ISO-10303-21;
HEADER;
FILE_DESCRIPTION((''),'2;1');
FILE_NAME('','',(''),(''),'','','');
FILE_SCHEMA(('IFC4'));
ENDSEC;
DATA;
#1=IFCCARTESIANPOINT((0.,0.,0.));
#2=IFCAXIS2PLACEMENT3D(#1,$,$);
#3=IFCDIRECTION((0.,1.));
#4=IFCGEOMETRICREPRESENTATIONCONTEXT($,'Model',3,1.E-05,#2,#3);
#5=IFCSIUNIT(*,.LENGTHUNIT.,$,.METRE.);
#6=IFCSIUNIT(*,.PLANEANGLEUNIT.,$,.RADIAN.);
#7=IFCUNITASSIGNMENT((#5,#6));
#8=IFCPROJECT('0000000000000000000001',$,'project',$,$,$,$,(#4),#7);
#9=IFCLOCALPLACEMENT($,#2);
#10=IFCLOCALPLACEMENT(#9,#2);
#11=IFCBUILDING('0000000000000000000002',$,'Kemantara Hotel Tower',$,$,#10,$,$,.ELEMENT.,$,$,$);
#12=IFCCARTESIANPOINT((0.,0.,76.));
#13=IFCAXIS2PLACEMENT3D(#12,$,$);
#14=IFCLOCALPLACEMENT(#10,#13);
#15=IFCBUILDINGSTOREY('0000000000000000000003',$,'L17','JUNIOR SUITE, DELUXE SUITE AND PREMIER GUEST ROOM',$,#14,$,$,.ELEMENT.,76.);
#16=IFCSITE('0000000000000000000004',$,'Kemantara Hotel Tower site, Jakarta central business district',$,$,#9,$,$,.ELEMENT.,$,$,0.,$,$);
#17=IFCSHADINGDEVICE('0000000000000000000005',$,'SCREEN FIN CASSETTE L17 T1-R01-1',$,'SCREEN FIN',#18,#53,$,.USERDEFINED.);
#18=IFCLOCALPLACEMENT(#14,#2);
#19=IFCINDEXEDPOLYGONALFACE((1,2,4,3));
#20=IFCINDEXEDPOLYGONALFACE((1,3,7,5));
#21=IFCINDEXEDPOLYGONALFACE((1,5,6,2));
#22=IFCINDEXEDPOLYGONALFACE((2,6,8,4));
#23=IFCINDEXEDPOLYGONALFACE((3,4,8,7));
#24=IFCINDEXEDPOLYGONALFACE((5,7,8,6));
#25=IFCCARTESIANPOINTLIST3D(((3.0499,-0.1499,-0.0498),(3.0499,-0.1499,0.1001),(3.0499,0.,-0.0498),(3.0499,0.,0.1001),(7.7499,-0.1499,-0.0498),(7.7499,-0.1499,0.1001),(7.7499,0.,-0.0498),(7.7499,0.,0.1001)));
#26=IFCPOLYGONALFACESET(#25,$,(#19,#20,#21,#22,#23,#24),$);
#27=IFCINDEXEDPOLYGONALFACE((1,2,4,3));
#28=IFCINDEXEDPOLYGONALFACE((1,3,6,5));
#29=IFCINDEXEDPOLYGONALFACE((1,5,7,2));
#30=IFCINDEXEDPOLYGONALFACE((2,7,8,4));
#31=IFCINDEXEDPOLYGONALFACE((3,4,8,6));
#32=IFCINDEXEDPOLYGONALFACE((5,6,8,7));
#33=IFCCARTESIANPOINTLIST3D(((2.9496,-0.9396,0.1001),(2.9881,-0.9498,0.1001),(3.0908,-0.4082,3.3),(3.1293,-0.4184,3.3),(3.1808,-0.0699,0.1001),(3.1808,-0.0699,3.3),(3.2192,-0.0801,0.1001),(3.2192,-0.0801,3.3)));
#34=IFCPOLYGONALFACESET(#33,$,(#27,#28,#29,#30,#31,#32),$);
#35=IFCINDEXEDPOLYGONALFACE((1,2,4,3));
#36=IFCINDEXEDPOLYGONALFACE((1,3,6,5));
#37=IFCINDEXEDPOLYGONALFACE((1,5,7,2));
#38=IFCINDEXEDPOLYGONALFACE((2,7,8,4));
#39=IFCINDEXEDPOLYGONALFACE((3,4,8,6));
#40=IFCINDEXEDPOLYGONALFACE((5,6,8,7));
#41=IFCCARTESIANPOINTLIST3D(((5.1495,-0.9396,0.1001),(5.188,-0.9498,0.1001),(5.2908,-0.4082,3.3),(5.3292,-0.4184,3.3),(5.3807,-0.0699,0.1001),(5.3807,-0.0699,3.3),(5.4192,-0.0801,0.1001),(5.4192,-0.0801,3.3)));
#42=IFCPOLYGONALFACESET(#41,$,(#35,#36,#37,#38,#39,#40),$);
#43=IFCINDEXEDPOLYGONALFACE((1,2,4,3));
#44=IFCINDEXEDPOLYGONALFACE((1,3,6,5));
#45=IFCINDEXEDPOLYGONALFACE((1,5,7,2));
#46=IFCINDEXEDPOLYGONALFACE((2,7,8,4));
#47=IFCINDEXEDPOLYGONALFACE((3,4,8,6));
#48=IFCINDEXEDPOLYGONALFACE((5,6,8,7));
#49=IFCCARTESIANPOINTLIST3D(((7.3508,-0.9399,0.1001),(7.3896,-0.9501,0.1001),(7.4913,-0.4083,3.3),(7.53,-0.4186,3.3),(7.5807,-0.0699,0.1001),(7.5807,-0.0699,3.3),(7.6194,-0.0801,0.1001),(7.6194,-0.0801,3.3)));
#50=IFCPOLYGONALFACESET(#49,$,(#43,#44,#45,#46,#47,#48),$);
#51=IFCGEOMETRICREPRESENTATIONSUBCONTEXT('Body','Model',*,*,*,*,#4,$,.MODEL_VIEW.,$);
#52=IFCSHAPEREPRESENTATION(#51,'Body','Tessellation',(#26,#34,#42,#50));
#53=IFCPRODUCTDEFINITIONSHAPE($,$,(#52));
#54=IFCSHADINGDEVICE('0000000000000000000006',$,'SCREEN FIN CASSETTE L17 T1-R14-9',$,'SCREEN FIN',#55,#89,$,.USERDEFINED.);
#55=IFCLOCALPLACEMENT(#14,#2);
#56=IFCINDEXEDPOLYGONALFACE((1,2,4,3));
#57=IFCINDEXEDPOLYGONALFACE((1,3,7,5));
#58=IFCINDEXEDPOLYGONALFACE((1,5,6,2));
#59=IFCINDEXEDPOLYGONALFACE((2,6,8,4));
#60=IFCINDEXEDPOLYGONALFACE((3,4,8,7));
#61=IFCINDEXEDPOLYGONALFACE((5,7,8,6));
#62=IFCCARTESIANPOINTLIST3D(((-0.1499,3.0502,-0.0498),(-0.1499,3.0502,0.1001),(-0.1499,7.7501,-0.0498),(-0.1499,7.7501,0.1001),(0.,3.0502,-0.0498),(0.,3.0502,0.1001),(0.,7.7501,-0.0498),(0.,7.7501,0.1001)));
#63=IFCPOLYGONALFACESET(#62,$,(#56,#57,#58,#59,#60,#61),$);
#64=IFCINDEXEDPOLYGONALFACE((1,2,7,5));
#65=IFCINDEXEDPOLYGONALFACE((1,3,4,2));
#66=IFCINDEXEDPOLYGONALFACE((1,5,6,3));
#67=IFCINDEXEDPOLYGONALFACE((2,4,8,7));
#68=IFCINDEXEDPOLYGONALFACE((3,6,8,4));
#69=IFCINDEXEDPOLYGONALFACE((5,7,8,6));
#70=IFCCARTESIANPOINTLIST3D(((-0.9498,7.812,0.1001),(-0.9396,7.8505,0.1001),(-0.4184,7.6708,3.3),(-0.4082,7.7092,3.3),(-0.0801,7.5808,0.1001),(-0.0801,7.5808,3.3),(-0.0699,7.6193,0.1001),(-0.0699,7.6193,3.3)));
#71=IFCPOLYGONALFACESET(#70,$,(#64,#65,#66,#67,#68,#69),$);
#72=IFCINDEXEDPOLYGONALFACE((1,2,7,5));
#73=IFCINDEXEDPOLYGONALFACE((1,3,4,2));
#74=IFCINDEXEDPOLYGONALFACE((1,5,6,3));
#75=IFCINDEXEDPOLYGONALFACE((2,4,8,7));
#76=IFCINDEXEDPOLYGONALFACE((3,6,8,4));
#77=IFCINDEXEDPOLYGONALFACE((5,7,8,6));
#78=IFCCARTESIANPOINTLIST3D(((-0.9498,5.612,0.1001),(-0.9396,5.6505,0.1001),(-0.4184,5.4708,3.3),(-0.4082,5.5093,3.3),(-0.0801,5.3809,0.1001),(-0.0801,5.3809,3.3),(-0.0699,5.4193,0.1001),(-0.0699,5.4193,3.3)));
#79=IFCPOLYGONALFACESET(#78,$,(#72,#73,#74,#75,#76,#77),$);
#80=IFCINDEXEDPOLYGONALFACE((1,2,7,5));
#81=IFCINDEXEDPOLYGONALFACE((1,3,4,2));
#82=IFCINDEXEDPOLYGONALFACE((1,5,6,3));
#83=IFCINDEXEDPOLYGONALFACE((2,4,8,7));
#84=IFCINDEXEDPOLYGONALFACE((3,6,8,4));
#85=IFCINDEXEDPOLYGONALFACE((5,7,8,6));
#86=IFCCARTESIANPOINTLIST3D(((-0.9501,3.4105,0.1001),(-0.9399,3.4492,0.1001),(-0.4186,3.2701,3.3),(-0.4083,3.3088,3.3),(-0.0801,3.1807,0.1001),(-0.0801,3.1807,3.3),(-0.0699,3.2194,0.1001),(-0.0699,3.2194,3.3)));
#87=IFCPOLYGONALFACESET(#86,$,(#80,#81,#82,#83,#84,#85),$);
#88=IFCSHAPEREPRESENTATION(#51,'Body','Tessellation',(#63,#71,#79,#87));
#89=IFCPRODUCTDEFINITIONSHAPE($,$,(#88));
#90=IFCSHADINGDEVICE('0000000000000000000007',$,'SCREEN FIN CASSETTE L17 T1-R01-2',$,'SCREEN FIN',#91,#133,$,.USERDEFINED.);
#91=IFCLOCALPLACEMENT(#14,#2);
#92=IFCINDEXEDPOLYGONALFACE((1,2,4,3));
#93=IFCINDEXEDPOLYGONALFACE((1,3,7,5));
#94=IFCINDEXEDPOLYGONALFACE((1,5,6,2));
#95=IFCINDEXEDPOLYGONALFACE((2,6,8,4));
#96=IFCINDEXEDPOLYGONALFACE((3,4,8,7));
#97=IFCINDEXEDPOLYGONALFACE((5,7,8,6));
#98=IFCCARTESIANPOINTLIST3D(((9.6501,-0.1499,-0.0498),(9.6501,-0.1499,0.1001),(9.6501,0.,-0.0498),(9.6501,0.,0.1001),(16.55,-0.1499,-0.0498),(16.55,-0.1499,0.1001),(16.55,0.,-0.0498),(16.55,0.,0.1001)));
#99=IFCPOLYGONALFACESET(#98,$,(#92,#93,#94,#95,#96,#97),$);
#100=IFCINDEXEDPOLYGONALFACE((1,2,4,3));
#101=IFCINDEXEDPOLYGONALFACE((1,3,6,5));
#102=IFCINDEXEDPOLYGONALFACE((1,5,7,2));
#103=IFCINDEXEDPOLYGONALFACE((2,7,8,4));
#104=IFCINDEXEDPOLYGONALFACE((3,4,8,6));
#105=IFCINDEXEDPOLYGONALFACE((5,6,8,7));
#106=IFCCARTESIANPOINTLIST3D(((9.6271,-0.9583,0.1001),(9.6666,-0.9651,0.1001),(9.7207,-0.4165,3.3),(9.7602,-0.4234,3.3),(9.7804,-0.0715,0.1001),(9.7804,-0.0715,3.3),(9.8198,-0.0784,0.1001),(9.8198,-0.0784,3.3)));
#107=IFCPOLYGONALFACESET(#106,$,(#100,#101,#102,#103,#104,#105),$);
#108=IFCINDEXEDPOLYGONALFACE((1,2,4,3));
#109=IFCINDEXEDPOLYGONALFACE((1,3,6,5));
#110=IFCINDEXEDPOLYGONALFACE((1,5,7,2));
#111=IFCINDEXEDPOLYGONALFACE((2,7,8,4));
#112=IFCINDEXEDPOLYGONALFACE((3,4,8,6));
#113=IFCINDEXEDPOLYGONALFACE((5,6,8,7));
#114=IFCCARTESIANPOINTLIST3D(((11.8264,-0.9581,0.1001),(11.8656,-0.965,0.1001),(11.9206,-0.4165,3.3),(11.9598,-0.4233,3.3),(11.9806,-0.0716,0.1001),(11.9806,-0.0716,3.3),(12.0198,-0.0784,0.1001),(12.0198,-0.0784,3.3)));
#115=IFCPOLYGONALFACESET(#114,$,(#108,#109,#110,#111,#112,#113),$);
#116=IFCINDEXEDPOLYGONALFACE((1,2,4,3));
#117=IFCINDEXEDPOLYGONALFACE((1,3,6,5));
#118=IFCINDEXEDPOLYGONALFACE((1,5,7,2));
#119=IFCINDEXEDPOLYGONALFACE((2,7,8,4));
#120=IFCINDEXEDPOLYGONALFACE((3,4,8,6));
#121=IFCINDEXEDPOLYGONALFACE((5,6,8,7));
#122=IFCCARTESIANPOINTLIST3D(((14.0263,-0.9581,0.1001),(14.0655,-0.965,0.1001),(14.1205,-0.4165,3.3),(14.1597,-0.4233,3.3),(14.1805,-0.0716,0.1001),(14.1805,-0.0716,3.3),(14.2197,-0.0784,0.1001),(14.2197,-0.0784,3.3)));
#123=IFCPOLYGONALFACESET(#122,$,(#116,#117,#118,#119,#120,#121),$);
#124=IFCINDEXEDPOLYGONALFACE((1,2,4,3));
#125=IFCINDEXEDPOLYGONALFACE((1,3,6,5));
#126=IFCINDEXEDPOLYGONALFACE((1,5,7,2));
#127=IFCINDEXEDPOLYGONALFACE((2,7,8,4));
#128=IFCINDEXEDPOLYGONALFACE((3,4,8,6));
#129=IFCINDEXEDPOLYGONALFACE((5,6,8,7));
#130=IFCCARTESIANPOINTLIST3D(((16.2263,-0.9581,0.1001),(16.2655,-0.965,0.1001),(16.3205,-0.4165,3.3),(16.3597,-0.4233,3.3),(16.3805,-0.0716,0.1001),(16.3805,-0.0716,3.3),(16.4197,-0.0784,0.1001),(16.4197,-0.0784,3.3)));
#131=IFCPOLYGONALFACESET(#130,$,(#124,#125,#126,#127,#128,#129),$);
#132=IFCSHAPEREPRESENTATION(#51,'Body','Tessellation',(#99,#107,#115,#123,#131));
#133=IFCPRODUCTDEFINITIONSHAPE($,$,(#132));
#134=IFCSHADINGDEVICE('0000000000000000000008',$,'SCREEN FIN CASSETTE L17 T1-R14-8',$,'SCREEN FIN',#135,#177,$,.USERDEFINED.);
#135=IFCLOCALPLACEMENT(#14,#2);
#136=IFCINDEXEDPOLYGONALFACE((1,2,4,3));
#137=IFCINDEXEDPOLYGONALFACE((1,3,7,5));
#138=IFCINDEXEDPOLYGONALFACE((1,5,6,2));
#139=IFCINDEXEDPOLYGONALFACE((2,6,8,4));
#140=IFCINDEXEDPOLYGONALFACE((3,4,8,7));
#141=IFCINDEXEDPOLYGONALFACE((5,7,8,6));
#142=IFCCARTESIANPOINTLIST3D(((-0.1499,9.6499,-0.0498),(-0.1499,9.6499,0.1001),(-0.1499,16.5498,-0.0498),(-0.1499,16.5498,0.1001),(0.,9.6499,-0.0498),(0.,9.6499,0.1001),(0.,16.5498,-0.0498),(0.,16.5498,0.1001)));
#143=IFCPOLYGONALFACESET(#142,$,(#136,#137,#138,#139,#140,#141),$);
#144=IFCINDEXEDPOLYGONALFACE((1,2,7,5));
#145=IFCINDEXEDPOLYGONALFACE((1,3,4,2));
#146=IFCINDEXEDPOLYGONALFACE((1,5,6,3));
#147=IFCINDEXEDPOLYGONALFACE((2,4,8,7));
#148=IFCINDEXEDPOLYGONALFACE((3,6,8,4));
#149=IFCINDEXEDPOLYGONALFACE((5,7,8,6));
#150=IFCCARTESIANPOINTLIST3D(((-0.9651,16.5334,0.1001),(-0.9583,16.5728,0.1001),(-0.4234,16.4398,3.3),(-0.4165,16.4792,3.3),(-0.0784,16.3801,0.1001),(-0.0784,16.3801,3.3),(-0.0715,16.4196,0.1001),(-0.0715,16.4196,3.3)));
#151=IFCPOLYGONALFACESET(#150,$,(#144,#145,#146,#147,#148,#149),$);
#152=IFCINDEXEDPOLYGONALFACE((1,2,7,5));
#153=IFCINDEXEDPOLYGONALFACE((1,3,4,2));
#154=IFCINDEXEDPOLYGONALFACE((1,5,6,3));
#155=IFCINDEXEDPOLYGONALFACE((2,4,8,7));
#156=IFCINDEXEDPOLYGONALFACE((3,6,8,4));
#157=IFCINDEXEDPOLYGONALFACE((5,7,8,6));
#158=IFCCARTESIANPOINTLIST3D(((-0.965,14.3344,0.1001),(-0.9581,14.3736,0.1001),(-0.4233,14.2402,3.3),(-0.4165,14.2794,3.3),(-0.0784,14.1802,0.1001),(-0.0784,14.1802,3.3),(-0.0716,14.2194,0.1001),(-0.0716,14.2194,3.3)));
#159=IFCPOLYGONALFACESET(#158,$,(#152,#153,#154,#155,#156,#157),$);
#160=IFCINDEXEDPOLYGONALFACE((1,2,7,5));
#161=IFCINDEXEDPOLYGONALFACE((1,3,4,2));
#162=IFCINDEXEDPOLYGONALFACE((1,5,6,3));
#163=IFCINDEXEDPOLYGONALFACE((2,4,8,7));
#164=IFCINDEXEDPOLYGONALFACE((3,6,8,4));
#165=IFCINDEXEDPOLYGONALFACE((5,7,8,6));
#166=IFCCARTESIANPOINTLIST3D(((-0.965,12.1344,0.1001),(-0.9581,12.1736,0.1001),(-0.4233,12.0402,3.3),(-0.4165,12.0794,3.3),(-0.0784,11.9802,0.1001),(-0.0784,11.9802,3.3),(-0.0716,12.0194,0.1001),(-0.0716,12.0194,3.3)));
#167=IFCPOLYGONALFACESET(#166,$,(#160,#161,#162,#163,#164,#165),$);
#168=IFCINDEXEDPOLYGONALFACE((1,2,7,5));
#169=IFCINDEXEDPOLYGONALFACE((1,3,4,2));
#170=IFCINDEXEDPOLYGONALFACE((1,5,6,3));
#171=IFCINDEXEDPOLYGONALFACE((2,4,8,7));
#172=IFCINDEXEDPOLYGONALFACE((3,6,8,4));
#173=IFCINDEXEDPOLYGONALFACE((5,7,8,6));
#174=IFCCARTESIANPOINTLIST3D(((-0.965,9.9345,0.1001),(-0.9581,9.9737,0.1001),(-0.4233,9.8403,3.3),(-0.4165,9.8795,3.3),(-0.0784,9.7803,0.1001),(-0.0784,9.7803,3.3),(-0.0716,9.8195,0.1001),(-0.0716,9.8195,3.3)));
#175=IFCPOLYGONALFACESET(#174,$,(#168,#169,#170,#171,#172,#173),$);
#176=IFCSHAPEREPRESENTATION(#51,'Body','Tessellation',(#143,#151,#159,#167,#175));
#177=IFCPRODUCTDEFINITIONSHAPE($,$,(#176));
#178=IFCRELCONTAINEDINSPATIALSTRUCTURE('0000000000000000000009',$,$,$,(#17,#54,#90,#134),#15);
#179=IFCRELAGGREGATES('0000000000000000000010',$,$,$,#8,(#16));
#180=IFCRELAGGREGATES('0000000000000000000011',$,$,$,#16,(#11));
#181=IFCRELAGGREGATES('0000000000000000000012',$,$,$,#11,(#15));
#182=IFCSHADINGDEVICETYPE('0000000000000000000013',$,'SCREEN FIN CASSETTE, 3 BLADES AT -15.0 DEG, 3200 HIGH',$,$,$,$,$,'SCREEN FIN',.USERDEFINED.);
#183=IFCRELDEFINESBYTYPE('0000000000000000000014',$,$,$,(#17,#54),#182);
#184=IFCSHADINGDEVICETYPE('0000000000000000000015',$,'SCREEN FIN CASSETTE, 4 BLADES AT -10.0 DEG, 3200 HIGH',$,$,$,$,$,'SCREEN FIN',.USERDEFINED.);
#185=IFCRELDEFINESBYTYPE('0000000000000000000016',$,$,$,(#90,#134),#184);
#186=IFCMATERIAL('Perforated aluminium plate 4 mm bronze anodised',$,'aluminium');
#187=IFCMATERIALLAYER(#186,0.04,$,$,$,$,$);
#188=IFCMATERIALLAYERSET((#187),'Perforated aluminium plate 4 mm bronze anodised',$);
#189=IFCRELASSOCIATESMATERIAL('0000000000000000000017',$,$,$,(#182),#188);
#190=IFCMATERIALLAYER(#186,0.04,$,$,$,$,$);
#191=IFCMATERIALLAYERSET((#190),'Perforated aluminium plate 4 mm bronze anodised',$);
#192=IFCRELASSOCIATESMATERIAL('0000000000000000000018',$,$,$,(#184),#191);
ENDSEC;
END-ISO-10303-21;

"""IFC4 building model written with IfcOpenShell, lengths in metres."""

from ifc_helpers import new_model, si_unit, direction, frame, origin, origin_2d, place, context, subcontext, project, spatial, polyline, rectangle, outline, extrude, source, transform, mapped, material, layer, layer_set, type_object, element, save


model = new_model("IFC4")

# Units and contexts
model_context = context("Model", 3, precision=1e-05, world=origin(), true_north=direction((0.0, 1.0)))
body_context = subcontext(model_context, "Body", "Model", "MODEL_VIEW")
ifc_project = project(units=[si_unit("LENGTHUNIT", "METRE"), si_unit("PLANEANGLEUNIT", "RADIAN")], contexts=[model_context])

# Site, building, storey
site_placement = place(None, origin())
site = spatial("IfcSite", under=ifc_project, at=site_placement, Name="Kemantara Hotel Tower site, Jakarta central business district", CompositionType="ELEMENT", RefElevation=0.0)
building_placement = place(site_placement, origin())
building = spatial("IfcBuilding", under=site, at=building_placement, Name="Kemantara Hotel Tower", CompositionType="ELEMENT")
storey_placement = place(building_placement, frame((0.0, 0.0, 76.0)))
storey = spatial("IfcBuildingStorey", under=building, at=storey_placement, Name="L17", Description="JUNIOR SUITE, DELUXE SUITE AND PREMIER GUEST ROOM", CompositionType="ELEMENT", Elevation=76.0)

# Shading devices
ifc_material_1 = material(Name="Perforated aluminium plate 4 mm bronze anodised", Category="aluminium")
ifc_layer_1 = layer(ifc_material_1, 0.04)
ifc_layer_set_1 = layer_set([ifc_layer_1], Name="Perforated aluminium plate 4 mm bronze anodised")
shading_device_type_1 = type_object("IfcShadingDeviceType", Name="SCREEN FIN CASSETTE, 3 BLADES AT -15.0 DEG, 3200 HIGH", ElementType="SCREEN FIN", PredefinedType="USERDEFINED", material=ifc_layer_set_1)
shared_shape_1 = source(origin(), body_context, "Body", "SweptSolid", [
    extrude(rectangle(XDim=4.7, YDim=0.1499, at=origin_2d()), frame((2.2, -0.075, -0.1499), z_axis=(0.0, 0.0, 1.0), x_axis=(1.0, 0.0, 0.0)), (0.0, 0.0, 1.0), 0.1499),
    extrude(outline(polyline([(0.0, 0.0), (0.8999, 0.0), (0.3501, 3.2), (0.0, 3.2), (0.0, 0.0)])), frame((0.0193, -0.0801, 0.0), z_axis=(-0.966438, 0.256901, 0.0), x_axis=(-0.256901, -0.966438, 0.0)), (0.0, 0.0, 1.0), 0.0398),
    extrude(outline(polyline([(0.0, 0.0), (0.8999, 0.0), (0.3501, 3.2), (0.0, 3.2), (0.0, 0.0)])), frame((2.2192, -0.0801, 0.0), z_axis=(-0.966438, 0.256901, 0.0), x_axis=(-0.256901, -0.966438, 0.0)), (0.0, 0.0, 1.0), 0.0398),
    extrude(outline(polyline([(0.0, 0.0), (0.8999, 0.0), (0.3501, 3.2), (0.0, 3.2), (0.0, 0.0)])), frame((4.4194, -0.0801, 0.0), z_axis=(-0.966838, 0.255391, 0.0), x_axis=(-0.255391, -0.966838, 0.0)), (0.0, 0.0, 1.0), 0.04),
])
for number, where, z_axis, x_axis, name in (
    (1, (3.2, 0.0, 0.1001), (0.0, 0.0, 1.0), (1.0, 0.0, 0.0), "SCREEN FIN CASSETTE L17 T1-R01-1"),
    (2, (0.0, 7.6001, 0.1001), (0.0, 0.0, 1.0), (0.0, -1.0, 0.0), "SCREEN FIN CASSETTE L17 T1-R14-9"),
):
    element("IfcShadingDevice", number, at=place(storey_placement, frame(where, z_axis=z_axis, x_axis=x_axis)), inside=storey, type_object=shading_device_type_1, Name=name, ObjectType="SCREEN FIN", PredefinedType="USERDEFINED", context=body_context, shape_type="MappedRepresentation", body=[
        mapped(shared_shape_1, transform((0.0, 0.0, 0.0))),
    ])
ifc_layer_2 = layer(ifc_material_1, 0.04)
ifc_layer_set_2 = layer_set([ifc_layer_2], Name="Perforated aluminium plate 4 mm bronze anodised")
shading_device_type_2 = type_object("IfcShadingDeviceType", Name="SCREEN FIN CASSETTE, 4 BLADES AT -10.0 DEG, 3200 HIGH", ElementType="SCREEN FIN", PredefinedType="USERDEFINED", material=ifc_layer_set_2)
shared_shape_2 = source(origin(), body_context, "Body", "SweptSolid", [
    extrude(rectangle(XDim=6.8999, YDim=0.1499, at=origin_2d()), frame((3.3, -0.075, -0.1499), z_axis=(0.0, 0.0, 1.0), x_axis=(1.0, 0.0, 0.0)), (0.0, 0.0, 1.0), 0.1499),
    extrude(outline(polyline([(0.0, 0.0), (0.8999, 0.0), (0.3501, 3.2), (0.0, 3.2), (0.0, 0.0)])), frame((0.0198, -0.0784, 0.0), z_axis=(-0.98539, 0.170314, 0.0), x_axis=(-0.170314, -0.98539, 0.0)), (0.0, 0.0, 1.0), 0.04),
    extrude(outline(polyline([(0.0, 0.0), (0.8999, 0.0), (0.3501, 3.2), (0.0, 3.2), (0.0, 0.0)])), frame((2.2197, -0.0784, 0.0), z_axis=(-0.985212, 0.171341, 0.0), x_axis=(-0.171341, -0.985212, 0.0)), (0.0, 0.0, 1.0), 0.0398),
    extrude(outline(polyline([(0.0, 0.0), (0.8999, 0.0), (0.3501, 3.2), (0.0, 3.2), (0.0, 0.0)])), frame((4.4197, -0.0784, 0.0), z_axis=(-0.985212, 0.171341, 0.0), x_axis=(-0.171341, -0.985212, 0.0)), (0.0, 0.0, 1.0), 0.0398),
    extrude(outline(polyline([(0.0, 0.0), (0.8999, 0.0), (0.3501, 3.2), (0.0, 3.2), (0.0, 0.0)])), frame((6.6196, -0.0784, 0.0), z_axis=(-0.985212, 0.171341, 0.0), x_axis=(-0.171341, -0.985212, 0.0)), (0.0, 0.0, 1.0), 0.0398),
])
for number, where, z_axis, x_axis, name in (
    (3, (9.8, 0.0, 0.1001), (0.0, 0.0, 1.0), (1.0, 0.0, 0.0), "SCREEN FIN CASSETTE L17 T1-R01-2"),
    (4, (0.0, 16.3999, 0.1001), (0.0, 0.0, 1.0), (0.0, -1.0, 0.0), "SCREEN FIN CASSETTE L17 T1-R14-8"),
):
    element("IfcShadingDevice", number, at=place(storey_placement, frame(where, z_axis=z_axis, x_axis=x_axis)), inside=storey, type_object=shading_device_type_2, Name=name, ObjectType="SCREEN FIN", PredefinedType="USERDEFINED", context=body_context, shape_type="MappedRepresentation", body=[
        mapped(shared_shape_2, transform((0.0, 0.0, 0.0))),
    ])

save(model, "model.ifc")
